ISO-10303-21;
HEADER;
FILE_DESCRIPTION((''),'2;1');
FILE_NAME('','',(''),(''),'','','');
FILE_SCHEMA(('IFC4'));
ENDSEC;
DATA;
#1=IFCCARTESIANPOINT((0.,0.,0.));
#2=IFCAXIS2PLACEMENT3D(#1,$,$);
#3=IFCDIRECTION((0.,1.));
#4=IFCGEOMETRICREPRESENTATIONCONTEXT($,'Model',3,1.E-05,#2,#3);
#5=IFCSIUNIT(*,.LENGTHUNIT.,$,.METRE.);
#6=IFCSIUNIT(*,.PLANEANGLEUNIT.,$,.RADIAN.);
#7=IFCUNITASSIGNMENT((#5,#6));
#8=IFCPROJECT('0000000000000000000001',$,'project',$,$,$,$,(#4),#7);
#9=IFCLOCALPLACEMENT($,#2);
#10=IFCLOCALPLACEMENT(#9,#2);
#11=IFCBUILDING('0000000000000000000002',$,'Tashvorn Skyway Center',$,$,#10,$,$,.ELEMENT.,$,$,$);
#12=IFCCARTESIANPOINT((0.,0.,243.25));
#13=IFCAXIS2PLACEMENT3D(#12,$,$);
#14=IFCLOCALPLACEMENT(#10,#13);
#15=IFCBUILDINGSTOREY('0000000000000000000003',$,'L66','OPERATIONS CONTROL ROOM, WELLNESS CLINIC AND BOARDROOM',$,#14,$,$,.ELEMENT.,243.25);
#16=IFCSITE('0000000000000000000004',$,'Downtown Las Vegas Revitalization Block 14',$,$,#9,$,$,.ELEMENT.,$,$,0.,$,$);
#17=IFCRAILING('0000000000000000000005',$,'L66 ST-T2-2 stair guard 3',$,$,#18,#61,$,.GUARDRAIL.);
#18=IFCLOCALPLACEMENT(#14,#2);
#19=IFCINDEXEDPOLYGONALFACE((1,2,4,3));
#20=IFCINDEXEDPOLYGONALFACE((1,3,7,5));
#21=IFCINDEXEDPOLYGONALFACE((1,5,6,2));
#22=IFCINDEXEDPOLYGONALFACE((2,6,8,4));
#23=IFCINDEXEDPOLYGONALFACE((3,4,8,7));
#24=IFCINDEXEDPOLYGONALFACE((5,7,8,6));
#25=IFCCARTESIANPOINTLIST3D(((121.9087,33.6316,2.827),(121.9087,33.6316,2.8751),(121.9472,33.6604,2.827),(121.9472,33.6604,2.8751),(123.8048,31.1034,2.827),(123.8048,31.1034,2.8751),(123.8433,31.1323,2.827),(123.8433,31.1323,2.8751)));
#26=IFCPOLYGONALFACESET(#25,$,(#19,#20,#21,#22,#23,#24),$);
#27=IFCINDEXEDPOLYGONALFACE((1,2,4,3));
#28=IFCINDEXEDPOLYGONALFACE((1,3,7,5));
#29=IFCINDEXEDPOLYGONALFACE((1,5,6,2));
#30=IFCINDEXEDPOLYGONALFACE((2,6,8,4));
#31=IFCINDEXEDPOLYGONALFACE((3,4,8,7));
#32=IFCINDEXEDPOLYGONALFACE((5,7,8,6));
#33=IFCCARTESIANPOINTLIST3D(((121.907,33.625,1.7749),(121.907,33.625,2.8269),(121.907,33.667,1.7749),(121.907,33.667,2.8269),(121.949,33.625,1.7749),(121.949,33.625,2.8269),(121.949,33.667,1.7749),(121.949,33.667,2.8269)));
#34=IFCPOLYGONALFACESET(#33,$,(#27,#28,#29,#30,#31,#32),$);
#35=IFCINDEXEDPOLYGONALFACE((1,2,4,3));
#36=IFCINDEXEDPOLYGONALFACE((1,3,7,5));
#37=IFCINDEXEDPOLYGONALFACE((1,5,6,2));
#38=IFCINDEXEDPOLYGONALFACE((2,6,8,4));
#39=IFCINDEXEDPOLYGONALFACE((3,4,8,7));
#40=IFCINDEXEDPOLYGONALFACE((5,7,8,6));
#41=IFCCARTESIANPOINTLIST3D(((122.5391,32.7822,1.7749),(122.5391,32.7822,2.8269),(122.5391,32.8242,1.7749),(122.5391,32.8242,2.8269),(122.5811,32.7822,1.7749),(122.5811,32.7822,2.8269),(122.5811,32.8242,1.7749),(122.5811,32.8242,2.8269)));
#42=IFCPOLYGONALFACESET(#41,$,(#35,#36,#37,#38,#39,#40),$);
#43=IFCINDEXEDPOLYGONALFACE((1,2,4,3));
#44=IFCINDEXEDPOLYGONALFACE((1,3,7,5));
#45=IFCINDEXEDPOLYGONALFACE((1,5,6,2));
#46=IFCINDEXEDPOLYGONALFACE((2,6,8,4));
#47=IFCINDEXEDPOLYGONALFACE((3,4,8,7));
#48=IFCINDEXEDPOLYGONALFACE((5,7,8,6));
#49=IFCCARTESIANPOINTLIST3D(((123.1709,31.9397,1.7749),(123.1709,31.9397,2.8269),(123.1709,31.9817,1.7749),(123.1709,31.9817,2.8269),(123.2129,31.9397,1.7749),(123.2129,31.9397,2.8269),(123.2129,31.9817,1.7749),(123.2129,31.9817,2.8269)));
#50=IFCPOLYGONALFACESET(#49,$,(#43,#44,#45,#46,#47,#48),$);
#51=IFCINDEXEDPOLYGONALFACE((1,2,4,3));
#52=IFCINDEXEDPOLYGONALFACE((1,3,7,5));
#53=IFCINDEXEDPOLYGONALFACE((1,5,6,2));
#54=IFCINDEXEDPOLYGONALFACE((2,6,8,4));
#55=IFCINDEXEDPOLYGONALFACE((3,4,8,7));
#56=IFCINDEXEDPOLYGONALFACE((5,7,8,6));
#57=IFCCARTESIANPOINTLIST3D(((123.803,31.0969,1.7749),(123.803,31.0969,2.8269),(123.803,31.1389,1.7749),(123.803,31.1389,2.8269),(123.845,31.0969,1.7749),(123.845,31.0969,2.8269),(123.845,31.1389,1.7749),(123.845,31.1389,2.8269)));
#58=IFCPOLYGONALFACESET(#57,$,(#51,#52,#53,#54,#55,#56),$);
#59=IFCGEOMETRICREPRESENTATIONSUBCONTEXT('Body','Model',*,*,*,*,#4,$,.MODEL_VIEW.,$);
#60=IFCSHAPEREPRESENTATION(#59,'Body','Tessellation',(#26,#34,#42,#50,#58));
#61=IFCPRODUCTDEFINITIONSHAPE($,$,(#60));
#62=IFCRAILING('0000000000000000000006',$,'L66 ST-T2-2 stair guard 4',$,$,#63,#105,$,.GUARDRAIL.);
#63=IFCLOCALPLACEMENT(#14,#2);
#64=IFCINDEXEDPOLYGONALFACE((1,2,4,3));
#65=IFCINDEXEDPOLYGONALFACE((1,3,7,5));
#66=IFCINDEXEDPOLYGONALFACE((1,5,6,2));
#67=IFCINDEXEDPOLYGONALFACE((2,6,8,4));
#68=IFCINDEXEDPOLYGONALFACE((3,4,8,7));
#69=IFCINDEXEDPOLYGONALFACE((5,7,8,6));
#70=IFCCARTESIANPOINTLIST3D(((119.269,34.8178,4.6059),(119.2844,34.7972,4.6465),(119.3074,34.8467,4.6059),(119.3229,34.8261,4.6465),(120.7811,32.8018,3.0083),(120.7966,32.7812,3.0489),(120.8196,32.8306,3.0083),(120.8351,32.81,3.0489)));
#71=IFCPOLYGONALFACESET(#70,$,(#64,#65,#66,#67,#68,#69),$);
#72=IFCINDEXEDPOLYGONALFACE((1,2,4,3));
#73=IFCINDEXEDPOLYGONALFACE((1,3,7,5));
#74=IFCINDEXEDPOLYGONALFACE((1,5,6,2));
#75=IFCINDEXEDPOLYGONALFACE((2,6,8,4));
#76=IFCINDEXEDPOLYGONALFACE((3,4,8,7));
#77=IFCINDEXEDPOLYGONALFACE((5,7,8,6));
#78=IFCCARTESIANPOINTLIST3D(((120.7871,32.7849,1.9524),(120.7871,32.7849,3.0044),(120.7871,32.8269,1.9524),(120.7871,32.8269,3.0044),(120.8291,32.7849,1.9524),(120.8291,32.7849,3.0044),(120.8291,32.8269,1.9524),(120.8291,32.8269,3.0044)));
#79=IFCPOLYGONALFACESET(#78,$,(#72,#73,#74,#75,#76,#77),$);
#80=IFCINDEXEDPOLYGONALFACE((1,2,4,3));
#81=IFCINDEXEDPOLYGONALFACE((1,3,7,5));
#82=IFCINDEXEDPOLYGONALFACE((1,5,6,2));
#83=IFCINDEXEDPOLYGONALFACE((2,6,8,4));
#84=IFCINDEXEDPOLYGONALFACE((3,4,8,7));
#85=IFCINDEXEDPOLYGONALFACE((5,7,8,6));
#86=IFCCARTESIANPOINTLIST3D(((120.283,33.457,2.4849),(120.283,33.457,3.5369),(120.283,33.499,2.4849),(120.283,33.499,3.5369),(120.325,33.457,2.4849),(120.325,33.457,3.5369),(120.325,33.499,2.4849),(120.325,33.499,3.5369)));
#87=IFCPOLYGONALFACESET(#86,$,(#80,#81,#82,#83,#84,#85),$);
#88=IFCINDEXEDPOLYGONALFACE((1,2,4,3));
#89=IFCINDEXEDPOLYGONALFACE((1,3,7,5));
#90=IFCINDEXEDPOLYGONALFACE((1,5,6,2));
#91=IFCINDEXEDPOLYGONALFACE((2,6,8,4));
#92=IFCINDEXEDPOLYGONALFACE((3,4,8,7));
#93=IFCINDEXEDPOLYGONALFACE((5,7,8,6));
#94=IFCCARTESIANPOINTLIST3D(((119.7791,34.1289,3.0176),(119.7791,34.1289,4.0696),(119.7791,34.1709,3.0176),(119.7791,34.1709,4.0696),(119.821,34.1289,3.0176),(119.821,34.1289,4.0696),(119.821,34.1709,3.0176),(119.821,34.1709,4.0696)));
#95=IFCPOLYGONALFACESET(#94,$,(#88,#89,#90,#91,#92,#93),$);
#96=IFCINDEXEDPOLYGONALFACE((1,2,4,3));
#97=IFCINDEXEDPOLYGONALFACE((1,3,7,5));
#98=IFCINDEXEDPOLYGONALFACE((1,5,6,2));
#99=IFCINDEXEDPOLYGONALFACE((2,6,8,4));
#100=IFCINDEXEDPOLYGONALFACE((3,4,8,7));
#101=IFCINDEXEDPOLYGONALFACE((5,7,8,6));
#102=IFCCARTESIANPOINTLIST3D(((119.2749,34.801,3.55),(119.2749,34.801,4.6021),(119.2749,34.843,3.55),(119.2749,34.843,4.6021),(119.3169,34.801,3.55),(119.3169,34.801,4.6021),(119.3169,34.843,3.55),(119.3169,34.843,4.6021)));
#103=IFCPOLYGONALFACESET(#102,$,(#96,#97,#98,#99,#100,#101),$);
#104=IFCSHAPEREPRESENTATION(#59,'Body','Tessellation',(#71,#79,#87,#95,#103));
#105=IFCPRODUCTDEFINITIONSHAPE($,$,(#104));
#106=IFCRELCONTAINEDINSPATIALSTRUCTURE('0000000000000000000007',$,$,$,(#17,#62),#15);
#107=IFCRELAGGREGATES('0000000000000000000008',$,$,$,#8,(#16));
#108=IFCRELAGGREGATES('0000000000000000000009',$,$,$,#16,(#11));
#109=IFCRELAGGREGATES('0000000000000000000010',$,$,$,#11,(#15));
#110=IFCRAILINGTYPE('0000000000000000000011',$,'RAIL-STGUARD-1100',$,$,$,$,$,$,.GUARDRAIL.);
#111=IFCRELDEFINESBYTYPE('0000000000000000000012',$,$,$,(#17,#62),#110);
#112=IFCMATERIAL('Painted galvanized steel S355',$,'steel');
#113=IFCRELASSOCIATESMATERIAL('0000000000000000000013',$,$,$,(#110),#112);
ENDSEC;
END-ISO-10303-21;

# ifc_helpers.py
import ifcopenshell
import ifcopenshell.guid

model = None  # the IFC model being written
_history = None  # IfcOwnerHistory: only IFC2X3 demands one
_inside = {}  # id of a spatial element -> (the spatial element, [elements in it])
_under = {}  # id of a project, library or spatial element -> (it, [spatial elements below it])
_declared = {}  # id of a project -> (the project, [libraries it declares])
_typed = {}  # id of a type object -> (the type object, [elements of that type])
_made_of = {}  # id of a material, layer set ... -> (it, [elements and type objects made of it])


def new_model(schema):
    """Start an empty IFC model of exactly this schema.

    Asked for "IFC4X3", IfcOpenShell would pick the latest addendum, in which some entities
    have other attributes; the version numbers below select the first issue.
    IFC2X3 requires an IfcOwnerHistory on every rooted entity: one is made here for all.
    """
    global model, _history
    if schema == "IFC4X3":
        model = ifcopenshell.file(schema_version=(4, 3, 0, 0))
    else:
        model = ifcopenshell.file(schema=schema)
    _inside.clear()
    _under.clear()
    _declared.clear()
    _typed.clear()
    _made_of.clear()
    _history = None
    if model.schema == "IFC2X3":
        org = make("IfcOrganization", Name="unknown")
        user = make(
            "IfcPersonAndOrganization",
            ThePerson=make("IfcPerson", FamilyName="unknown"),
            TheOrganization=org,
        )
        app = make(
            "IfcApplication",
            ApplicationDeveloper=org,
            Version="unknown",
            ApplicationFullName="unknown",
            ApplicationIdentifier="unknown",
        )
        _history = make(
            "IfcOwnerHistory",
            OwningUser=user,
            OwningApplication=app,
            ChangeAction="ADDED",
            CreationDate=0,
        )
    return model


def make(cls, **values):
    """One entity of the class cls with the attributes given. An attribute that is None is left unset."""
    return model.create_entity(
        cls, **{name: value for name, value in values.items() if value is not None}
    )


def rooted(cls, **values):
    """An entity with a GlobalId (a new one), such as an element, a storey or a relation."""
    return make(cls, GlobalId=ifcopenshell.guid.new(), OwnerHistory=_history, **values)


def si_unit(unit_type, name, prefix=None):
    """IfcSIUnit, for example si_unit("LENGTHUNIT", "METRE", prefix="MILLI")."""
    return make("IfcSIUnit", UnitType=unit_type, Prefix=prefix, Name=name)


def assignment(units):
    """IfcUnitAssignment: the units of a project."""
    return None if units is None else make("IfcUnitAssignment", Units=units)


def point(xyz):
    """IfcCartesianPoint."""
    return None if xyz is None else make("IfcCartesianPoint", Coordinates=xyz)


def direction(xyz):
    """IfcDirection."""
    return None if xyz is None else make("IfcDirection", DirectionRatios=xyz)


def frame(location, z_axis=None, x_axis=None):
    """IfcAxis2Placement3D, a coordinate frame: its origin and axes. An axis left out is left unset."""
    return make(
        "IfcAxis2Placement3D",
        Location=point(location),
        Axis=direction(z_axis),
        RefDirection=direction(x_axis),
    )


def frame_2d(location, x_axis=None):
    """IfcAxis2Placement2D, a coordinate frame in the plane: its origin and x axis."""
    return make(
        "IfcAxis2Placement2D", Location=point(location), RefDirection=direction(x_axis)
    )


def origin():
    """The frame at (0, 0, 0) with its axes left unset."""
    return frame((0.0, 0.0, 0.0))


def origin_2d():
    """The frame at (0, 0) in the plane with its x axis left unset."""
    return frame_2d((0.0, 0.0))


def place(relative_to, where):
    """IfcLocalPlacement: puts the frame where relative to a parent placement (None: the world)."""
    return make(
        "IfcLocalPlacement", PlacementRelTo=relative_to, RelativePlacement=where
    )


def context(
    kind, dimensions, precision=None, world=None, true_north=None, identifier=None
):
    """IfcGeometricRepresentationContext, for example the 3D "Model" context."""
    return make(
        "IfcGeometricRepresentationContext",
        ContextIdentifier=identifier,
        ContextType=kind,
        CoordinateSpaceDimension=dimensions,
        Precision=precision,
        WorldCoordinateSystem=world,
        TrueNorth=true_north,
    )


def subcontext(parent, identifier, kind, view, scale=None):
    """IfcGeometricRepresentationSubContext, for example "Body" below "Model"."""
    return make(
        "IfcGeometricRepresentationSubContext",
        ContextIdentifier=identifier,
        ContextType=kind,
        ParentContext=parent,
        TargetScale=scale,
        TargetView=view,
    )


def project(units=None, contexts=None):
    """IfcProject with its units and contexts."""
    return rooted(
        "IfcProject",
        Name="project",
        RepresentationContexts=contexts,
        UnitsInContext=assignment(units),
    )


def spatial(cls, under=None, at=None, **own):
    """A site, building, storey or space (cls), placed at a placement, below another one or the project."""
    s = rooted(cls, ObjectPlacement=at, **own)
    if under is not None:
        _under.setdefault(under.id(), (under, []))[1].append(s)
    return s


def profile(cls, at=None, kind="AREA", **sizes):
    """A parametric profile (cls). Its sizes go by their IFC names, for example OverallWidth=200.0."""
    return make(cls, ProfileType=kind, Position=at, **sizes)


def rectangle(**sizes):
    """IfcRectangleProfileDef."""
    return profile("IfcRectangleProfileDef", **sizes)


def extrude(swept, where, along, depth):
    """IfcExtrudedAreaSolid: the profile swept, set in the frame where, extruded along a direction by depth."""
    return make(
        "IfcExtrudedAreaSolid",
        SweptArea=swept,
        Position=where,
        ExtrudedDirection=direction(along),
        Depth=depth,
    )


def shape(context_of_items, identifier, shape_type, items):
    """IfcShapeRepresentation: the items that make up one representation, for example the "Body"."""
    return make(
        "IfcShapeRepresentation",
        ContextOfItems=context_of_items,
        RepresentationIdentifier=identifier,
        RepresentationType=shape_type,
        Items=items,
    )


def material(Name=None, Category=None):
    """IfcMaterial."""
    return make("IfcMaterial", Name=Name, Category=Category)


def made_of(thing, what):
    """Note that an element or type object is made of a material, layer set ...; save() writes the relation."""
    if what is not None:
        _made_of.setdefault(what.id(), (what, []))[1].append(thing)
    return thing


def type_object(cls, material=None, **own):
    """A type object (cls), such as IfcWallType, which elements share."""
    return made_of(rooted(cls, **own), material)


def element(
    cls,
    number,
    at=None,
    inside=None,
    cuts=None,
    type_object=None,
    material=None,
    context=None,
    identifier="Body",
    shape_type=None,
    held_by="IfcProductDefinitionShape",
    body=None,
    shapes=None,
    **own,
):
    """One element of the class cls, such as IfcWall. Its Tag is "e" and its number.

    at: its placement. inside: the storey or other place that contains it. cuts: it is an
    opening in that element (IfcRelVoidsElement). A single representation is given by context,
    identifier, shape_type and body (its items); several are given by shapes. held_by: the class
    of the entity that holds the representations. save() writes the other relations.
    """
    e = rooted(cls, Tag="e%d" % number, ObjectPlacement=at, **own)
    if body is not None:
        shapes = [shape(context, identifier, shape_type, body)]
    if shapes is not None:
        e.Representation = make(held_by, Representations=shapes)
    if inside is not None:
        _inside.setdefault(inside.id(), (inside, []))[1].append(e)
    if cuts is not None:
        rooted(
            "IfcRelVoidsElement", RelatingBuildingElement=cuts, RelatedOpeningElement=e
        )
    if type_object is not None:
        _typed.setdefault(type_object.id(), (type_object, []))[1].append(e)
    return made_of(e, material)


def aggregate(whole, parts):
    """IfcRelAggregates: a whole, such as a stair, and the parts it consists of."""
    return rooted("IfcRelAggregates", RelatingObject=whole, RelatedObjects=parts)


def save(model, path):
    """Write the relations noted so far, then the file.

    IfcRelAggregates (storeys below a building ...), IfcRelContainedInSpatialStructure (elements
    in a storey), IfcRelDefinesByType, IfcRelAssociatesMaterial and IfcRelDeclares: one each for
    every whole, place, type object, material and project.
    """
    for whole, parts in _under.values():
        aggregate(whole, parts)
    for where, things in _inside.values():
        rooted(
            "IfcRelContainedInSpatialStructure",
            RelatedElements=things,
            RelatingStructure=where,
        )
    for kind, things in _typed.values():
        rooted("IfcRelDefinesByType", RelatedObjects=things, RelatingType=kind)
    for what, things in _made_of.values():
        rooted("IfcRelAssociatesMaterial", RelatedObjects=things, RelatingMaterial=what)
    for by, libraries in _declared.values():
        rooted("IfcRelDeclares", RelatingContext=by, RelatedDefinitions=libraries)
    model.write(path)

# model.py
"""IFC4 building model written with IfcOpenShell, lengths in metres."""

from ifc_helpers import new_model, si_unit, direction, frame, origin, origin_2d, place, context, subcontext, project, spatial, rectangle, extrude, material, type_object, element, save


model = new_model("IFC4")

# Units and contexts
model_context = context("Model", 3, precision=1e-05, world=origin(), true_north=direction((0.0, 1.0)))
body_context = subcontext(model_context, "Body", "Model", "MODEL_VIEW")
ifc_project = project(units=[si_unit("LENGTHUNIT", "METRE"), si_unit("PLANEANGLEUNIT", "RADIAN")], contexts=[model_context])

# Site, building, storey
site_placement = place(None, origin())
site = spatial("IfcSite", under=ifc_project, at=site_placement, Name="Downtown Las Vegas Revitalization Block 14", CompositionType="ELEMENT", RefElevation=0.0)
building_placement = place(site_placement, origin())
building = spatial("IfcBuilding", under=site, at=building_placement, Name="Tashvorn Skyway Center", CompositionType="ELEMENT")
storey_placement = place(building_placement, frame((0.0, 0.0, 243.25)))
storey = spatial("IfcBuildingStorey", under=building, at=storey_placement, Name="L66", Description="OPERATIONS CONTROL ROOM, WELLNESS CLINIC AND BOARDROOM", CompositionType="ELEMENT", Elevation=243.25)

# Railings
ifc_material_1 = material(Name="Painted galvanized steel S355", Category="steel")
railing_type_1 = type_object("IfcRailingType", Name="RAIL-STGUARD-1100", PredefinedType="GUARDRAIL", material=ifc_material_1)
railing_1_placement = place(storey_placement, frame((121.928, 33.646, 1.7749)))
element("IfcRailing", 1, at=railing_1_placement, inside=storey, type_object=railing_type_1, Name="L66 ST-T2-2 stair guard 3", PredefinedType="GUARDRAIL", context=body_context, shape_type="SweptSolid", body=[
    extrude(rectangle(XDim=0.0481, YDim=0.0481, at=origin_2d()), frame((0.0, 0.0, 1.0762), z_axis=(0.599988, -0.800009, 0.0), x_axis=(0.800009, 0.599988, 0.0)), (0.0, 0.0, 1.0), 3.1602),
    extrude(rectangle(XDim=0.042, YDim=0.042, at=origin_2d()), origin(), (0.0, 0.0, 1.0), 1.052),
    extrude(rectangle(XDim=0.042, YDim=0.042, at=origin_2d()), frame((0.6321, -0.8428, 0.0)), (0.0, 0.0, 1.0), 1.052),
    extrude(rectangle(XDim=0.042, YDim=0.042, at=origin_2d()), frame((1.2639, -1.6853, 0.0)), (0.0, 0.0, 1.0), 1.052),
    extrude(rectangle(XDim=0.042, YDim=0.042, at=origin_2d()), frame((1.896, -2.5281, 0.0)), (0.0, 0.0, 1.0), 1.052),
])
railing_2_placement = place(storey_placement, frame((120.8081, 32.8059, 1.9524)))
element("IfcRailing", 2, at=railing_2_placement, inside=storey, type_object=railing_type_1, Name="L66 ST-T2-2 stair guard 4", PredefinedType="GUARDRAIL", context=body_context, shape_type="SweptSolid", body=[
    extrude(rectangle(XDim=0.0481, YDim=0.0481, at=origin_2d()), frame((0.0, 0.0, 1.0762), z_axis=(-0.506779, 0.675651, 0.535416), x_axis=(-0.799977, -0.600031, 0.0)), (0.0, 0.0, 1.0), 2.9839),
    extrude(rectangle(XDim=0.042, YDim=0.042, at=origin_2d()), origin(), (0.0, 0.0, 1.0), 1.052),
    extrude(rectangle(XDim=0.042, YDim=0.042, at=origin_2d()), frame((-0.5042, 0.6721, 0.5325)), (0.0, 0.0, 1.0), 1.052),
    extrude(rectangle(XDim=0.042, YDim=0.042, at=origin_2d()), frame((-1.0081, 1.344, 1.0652)), (0.0, 0.0, 1.0), 1.052),
    extrude(rectangle(XDim=0.042, YDim=0.042, at=origin_2d()), frame((-1.5122, 2.0161, 1.5977)), (0.0, 0.0, 1.0), 1.052),
])

save(model, "model.ifc")
